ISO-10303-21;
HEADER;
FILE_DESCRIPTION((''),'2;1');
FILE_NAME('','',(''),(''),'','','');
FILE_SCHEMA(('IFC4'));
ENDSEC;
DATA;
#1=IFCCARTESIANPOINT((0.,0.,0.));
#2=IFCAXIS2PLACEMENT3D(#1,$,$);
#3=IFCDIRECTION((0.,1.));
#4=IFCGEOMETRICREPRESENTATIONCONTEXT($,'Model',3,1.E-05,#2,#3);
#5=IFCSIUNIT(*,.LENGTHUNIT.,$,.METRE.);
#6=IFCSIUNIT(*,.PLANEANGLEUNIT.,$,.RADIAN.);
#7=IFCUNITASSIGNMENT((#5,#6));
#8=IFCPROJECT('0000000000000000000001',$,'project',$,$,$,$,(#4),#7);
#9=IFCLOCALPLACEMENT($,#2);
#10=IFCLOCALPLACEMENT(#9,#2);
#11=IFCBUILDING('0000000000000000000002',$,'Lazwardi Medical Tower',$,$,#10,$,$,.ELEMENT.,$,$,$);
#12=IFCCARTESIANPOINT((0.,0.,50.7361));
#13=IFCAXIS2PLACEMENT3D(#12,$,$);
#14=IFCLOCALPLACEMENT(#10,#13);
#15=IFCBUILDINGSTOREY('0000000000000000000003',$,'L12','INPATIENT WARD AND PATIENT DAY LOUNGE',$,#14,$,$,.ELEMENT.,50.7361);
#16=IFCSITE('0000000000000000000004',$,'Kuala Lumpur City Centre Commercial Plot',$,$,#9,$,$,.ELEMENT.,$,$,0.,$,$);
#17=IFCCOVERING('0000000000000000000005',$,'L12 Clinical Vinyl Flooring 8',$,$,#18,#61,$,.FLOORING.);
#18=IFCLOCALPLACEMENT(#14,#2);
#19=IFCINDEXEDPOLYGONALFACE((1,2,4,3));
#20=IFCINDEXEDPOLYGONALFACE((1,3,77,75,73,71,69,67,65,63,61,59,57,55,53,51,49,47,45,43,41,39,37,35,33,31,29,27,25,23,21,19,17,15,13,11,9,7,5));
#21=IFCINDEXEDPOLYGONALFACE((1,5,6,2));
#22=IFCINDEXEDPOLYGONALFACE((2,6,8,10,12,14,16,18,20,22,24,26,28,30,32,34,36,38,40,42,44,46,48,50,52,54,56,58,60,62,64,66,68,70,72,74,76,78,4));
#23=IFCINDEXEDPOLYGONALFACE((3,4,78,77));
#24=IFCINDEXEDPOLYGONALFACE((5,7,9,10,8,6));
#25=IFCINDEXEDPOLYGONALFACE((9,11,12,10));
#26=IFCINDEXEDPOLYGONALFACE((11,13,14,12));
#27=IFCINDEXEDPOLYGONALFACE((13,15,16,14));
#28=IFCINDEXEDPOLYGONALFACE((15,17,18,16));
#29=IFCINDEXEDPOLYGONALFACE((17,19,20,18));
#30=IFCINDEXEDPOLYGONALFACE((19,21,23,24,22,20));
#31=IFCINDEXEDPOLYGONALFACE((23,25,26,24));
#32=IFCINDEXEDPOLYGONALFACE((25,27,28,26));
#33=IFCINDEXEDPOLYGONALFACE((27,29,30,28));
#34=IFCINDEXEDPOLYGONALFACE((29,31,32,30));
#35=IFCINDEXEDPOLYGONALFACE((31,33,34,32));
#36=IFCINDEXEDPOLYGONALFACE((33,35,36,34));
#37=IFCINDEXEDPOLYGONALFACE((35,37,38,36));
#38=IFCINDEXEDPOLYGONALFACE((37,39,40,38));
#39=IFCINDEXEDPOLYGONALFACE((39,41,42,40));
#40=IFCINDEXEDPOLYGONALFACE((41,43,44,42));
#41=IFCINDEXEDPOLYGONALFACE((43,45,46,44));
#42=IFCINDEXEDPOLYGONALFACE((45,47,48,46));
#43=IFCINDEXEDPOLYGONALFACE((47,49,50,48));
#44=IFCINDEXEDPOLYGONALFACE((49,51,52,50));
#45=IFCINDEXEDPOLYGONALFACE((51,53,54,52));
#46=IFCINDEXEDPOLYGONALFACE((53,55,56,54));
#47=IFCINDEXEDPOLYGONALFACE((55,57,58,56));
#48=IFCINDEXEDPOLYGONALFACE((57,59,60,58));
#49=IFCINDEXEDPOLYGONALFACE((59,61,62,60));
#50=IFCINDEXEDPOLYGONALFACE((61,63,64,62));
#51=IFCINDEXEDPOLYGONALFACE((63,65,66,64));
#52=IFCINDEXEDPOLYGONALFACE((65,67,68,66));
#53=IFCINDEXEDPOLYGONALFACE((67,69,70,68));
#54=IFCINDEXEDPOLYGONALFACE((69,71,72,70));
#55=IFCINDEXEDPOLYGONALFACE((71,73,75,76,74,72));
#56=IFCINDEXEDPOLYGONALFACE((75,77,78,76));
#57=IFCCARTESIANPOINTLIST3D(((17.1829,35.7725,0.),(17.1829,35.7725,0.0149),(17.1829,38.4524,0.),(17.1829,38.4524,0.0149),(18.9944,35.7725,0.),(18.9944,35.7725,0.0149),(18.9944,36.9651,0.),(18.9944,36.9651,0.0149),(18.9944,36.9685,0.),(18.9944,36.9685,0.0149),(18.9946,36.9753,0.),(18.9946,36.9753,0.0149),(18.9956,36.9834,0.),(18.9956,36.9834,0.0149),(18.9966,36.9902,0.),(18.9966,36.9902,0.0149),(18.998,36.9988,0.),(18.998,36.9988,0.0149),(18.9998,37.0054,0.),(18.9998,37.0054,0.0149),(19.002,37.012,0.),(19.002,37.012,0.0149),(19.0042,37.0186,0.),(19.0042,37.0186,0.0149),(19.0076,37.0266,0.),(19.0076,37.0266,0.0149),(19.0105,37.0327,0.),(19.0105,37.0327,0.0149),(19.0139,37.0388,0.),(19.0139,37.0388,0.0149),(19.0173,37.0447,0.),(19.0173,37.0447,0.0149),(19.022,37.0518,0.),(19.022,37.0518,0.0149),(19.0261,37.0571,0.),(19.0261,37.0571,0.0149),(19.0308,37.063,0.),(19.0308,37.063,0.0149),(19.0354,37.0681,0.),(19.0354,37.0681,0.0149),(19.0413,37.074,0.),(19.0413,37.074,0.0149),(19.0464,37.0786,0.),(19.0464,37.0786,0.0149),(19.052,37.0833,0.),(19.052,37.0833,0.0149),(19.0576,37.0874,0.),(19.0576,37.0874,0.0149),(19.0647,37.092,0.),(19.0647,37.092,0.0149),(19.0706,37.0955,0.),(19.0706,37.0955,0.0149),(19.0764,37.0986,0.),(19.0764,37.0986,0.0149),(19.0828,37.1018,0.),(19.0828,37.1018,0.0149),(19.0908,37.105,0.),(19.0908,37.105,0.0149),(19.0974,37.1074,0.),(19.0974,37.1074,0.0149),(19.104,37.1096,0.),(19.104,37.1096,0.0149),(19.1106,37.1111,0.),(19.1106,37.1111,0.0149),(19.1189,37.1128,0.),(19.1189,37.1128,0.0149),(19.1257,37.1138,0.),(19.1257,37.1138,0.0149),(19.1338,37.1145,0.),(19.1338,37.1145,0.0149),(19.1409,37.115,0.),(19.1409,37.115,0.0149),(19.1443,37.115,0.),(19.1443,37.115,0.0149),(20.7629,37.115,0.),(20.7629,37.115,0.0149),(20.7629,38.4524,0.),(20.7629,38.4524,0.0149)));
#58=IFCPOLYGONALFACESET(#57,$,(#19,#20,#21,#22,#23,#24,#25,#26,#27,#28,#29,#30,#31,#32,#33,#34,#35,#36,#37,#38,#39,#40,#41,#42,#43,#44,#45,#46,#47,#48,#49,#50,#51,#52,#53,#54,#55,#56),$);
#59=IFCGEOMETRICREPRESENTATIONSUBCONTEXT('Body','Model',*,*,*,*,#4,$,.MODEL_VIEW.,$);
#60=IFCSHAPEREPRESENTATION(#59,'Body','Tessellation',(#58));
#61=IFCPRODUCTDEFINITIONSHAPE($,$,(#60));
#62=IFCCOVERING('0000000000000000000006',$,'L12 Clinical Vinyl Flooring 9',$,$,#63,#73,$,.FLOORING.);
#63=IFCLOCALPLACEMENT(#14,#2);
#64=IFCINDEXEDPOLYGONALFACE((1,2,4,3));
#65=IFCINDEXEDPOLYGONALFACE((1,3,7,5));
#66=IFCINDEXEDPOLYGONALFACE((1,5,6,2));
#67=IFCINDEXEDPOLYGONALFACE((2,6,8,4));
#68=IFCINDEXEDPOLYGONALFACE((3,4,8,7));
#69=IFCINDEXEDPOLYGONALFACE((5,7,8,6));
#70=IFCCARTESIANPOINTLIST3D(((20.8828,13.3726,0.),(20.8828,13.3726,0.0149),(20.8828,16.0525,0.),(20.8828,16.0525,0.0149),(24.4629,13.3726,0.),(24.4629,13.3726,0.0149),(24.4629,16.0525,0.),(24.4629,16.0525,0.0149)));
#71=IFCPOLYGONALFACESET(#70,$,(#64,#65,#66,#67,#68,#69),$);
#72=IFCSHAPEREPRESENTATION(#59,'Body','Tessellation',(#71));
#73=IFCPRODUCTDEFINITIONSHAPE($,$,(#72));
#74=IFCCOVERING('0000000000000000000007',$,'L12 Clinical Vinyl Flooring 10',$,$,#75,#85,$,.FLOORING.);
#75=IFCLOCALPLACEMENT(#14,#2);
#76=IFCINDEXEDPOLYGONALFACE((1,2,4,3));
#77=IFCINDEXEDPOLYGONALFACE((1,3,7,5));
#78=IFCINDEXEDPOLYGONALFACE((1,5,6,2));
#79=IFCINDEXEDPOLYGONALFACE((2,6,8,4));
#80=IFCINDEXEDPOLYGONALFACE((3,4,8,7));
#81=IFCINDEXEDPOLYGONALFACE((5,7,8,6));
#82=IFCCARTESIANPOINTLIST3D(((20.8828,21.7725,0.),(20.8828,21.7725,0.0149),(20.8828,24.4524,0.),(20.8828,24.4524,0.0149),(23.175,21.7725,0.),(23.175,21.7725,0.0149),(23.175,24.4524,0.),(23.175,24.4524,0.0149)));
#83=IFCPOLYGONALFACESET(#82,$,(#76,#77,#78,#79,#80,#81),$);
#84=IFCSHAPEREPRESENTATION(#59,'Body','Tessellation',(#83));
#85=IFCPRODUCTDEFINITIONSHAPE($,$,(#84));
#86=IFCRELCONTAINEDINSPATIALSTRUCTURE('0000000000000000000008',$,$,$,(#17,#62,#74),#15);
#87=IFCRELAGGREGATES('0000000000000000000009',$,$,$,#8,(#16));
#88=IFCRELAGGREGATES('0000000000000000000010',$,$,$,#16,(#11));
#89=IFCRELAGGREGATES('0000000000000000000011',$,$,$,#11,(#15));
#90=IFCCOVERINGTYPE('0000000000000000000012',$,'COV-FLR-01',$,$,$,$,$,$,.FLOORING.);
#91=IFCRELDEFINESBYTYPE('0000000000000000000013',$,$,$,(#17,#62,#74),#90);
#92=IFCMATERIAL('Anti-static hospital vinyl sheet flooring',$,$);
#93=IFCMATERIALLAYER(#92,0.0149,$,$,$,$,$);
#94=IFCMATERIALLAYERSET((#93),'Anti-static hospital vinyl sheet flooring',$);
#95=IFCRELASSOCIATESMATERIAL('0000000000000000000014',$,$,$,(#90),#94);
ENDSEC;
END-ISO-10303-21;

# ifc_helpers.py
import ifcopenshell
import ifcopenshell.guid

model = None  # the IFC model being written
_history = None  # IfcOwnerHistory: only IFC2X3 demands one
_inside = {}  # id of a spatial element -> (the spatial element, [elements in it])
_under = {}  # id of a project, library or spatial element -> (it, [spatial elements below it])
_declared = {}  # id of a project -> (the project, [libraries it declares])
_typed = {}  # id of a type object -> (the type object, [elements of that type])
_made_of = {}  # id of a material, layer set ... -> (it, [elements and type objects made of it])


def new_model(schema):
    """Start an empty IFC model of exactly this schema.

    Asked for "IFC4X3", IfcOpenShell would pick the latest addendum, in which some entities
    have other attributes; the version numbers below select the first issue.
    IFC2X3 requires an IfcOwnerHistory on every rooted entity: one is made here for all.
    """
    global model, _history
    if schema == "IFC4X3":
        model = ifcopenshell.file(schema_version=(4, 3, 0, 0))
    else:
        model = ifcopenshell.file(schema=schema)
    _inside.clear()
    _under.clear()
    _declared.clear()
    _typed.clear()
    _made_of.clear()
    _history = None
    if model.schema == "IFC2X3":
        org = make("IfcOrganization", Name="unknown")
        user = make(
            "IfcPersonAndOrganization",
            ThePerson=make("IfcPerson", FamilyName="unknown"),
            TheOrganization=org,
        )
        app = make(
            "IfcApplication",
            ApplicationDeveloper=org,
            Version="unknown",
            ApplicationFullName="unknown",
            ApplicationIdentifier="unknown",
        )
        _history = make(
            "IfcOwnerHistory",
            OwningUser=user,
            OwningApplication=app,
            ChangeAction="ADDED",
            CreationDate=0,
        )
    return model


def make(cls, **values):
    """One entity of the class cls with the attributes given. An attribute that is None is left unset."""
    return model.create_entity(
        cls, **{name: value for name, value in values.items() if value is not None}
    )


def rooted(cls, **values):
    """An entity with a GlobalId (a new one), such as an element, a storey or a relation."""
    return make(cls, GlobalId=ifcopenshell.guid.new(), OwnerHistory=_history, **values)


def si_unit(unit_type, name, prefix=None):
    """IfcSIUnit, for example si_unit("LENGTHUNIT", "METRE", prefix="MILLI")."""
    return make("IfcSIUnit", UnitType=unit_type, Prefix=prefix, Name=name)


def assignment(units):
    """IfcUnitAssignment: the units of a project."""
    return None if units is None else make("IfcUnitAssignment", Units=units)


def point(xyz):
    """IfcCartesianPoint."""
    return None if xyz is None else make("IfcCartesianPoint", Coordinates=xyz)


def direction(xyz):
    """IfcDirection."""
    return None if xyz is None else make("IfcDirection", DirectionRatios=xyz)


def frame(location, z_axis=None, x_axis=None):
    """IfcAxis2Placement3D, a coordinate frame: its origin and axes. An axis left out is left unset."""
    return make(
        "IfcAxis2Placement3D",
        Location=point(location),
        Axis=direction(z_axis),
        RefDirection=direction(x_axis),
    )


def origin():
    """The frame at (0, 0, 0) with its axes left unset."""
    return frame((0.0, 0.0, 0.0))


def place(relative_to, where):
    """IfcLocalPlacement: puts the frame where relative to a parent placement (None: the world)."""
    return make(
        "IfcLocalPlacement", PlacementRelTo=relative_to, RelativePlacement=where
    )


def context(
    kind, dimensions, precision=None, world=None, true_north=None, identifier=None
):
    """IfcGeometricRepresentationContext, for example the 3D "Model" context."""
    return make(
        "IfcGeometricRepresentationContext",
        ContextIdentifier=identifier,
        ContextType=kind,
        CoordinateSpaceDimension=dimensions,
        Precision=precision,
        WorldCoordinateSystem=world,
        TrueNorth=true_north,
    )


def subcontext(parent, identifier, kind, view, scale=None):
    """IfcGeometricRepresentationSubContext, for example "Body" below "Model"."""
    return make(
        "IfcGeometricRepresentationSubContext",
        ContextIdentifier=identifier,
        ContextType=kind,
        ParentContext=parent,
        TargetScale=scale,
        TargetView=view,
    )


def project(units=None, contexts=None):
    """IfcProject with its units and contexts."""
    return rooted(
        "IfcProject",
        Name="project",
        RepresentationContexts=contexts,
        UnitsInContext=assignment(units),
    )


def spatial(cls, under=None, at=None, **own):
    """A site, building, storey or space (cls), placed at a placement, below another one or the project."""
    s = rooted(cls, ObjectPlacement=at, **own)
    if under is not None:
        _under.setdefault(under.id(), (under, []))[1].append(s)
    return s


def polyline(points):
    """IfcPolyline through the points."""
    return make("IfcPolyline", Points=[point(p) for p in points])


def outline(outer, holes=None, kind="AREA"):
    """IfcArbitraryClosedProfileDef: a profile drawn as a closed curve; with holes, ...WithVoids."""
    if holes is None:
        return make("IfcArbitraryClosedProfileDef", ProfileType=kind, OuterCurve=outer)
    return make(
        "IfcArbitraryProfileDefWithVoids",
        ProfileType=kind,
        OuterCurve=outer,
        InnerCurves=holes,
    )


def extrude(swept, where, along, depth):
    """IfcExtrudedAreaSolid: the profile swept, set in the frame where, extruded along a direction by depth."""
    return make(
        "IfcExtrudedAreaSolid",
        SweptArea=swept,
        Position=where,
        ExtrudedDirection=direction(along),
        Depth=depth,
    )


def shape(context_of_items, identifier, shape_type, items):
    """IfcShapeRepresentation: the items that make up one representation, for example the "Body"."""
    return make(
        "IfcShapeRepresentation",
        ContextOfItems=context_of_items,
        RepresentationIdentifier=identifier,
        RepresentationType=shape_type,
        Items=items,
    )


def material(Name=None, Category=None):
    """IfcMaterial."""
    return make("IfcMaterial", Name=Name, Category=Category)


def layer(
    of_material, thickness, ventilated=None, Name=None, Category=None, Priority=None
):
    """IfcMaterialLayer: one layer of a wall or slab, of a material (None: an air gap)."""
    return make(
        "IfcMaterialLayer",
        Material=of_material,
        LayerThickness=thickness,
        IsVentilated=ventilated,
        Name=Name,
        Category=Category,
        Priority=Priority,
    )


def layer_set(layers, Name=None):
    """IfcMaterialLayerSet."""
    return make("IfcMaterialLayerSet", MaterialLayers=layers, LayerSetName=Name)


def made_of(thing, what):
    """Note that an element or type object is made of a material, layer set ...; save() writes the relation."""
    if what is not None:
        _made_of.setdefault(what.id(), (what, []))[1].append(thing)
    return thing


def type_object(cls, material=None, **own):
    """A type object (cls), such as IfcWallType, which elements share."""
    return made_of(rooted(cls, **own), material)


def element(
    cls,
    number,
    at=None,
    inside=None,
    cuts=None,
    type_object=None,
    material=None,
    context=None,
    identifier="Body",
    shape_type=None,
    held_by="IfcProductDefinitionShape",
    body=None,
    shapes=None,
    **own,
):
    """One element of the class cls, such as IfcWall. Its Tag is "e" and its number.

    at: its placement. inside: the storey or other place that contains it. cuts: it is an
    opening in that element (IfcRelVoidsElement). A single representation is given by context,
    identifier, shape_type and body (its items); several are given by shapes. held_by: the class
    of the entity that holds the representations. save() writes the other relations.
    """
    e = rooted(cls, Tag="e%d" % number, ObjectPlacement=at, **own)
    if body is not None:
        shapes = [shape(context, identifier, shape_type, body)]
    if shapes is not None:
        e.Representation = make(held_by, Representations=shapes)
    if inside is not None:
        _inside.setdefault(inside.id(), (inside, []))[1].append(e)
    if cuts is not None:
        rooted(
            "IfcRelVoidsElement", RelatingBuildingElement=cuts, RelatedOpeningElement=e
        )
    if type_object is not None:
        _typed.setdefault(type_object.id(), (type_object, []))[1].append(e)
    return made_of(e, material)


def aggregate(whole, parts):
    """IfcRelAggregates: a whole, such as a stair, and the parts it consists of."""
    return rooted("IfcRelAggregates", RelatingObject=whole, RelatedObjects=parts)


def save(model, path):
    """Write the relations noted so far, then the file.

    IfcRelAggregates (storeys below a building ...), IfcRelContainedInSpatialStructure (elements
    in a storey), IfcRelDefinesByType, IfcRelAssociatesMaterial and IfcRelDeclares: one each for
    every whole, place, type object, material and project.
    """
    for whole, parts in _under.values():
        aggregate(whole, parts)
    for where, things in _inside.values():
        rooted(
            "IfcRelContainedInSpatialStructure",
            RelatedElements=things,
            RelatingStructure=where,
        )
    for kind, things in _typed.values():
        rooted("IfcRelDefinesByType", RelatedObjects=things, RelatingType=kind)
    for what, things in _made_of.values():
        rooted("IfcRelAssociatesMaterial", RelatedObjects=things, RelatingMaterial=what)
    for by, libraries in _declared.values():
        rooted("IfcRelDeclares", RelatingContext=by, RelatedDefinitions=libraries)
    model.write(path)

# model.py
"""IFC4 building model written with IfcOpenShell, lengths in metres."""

from ifc_helpers import new_model, si_unit, direction, frame, origin, place, context, subcontext, project, spatial, polyline, outline, extrude, material, layer, layer_set, type_object, element, save


model = new_model("IFC4")

# Units and contexts
model_context = context("Model", 3, precision=1e-05, world=origin(), true_north=direction((0.0, 1.0)))
body_context = subcontext(model_context, "Body", "Model", "MODEL_VIEW")
ifc_project = project(units=[si_unit("LENGTHUNIT", "METRE"), si_unit("PLANEANGLEUNIT", "RADIAN")], contexts=[model_context])

# Site, building, storey
site_placement = place(None, origin())
site = spatial("IfcSite", under=ifc_project, at=site_placement, Name="Kuala Lumpur City Centre Commercial Plot", CompositionType="ELEMENT", RefElevation=0.0)
building_placement = place(site_placement, origin())
building = spatial("IfcBuilding", under=site, at=building_placement, Name="Lazwardi Medical Tower", CompositionType="ELEMENT")
storey_placement = place(building_placement, frame((0.0, 0.0, 50.7361)))
storey = spatial("IfcBuildingStorey", under=building, at=storey_placement, Name="L12", Description="INPATIENT WARD AND PATIENT DAY LOUNGE", CompositionType="ELEMENT", Elevation=50.7361)

# Coverings
ifc_material_1 = material(Name="Anti-static hospital vinyl sheet flooring")
ifc_layer_1 = layer(ifc_material_1, 0.0149)
ifc_layer_set_1 = layer_set([ifc_layer_1], Name="Anti-static hospital vinyl sheet flooring")
covering_type_1 = type_object("IfcCoveringType", Name="COV-FLR-01", PredefinedType="FLOORING", material=ifc_layer_set_1)
covering_1_placement = place(storey_placement, origin())
element("IfcCovering", 1, at=covering_1_placement, inside=storey, type_object=covering_type_1, Name="L12 Clinical Vinyl Flooring 8", PredefinedType="FLOORING", context=body_context, shape_type="SweptSolid", body=[
    extrude(outline(polyline([(18.9944, 35.7725), (18.9944, 36.9651), (18.9944, 36.9685), (18.9946, 36.9753), (18.9956, 36.9834), (18.9966, 36.9902), (18.998, 36.9988), (18.9998, 37.0054), (19.002, 37.012), (19.0042, 37.0186), (19.0076, 37.0266), (19.0105, 37.0327), (19.0139, 37.0388), (19.0173, 37.0447), (19.022, 37.0518), (19.0261, 37.0571), (19.0308, 37.063), (19.0354, 37.0681), (19.0413, 37.074), (19.0464, 37.0786), (19.052, 37.0833), (19.0576, 37.0874), (19.0647, 37.092), (19.0706, 37.0955), (19.0764, 37.0986), (19.0828, 37.1018), (19.0908, 37.105), (19.0974, 37.1074), (19.104, 37.1096), (19.1106, 37.1111), (19.1189, 37.1128), (19.1257, 37.1138), (19.1338, 37.1145), (19.1409, 37.115), (19.1443, 37.115), (20.7629, 37.115), (20.7629, 38.4524), (17.1829, 38.4524), (17.1829, 35.7725), (18.9944, 35.7725)])), origin(), (0.0, 0.0, 1.0), 0.0149),
])
covering_2_placement = place(storey_placement, origin())
element("IfcCovering", 2, at=covering_2_placement, inside=storey, type_object=covering_type_1, Name="L12 Clinical Vinyl Flooring 9", PredefinedType="FLOORING", context=body_context, shape_type="SweptSolid", body=[
    extrude(outline(polyline([(24.4629, 13.3726), (24.4629, 16.0525), (20.8828, 16.0525), (20.8828, 13.3726), (24.4629, 13.3726)])), origin(), (0.0, 0.0, 1.0), 0.0149),
])
covering_3_placement = place(storey_placement, origin())
element("IfcCovering", 3, at=covering_3_placement, inside=storey, type_object=covering_type_1, Name="L12 Clinical Vinyl Flooring 10", PredefinedType="FLOORING", context=body_context, shape_type="SweptSolid", body=[
    extrude(outline(polyline([(23.175, 21.7725), (23.175, 24.4524), (20.8828, 24.4524), (20.8828, 21.7725), (23.175, 21.7725)])), origin(), (0.0, 0.0, 1.0), 0.0149),
])

save(model, "model.ifc")
